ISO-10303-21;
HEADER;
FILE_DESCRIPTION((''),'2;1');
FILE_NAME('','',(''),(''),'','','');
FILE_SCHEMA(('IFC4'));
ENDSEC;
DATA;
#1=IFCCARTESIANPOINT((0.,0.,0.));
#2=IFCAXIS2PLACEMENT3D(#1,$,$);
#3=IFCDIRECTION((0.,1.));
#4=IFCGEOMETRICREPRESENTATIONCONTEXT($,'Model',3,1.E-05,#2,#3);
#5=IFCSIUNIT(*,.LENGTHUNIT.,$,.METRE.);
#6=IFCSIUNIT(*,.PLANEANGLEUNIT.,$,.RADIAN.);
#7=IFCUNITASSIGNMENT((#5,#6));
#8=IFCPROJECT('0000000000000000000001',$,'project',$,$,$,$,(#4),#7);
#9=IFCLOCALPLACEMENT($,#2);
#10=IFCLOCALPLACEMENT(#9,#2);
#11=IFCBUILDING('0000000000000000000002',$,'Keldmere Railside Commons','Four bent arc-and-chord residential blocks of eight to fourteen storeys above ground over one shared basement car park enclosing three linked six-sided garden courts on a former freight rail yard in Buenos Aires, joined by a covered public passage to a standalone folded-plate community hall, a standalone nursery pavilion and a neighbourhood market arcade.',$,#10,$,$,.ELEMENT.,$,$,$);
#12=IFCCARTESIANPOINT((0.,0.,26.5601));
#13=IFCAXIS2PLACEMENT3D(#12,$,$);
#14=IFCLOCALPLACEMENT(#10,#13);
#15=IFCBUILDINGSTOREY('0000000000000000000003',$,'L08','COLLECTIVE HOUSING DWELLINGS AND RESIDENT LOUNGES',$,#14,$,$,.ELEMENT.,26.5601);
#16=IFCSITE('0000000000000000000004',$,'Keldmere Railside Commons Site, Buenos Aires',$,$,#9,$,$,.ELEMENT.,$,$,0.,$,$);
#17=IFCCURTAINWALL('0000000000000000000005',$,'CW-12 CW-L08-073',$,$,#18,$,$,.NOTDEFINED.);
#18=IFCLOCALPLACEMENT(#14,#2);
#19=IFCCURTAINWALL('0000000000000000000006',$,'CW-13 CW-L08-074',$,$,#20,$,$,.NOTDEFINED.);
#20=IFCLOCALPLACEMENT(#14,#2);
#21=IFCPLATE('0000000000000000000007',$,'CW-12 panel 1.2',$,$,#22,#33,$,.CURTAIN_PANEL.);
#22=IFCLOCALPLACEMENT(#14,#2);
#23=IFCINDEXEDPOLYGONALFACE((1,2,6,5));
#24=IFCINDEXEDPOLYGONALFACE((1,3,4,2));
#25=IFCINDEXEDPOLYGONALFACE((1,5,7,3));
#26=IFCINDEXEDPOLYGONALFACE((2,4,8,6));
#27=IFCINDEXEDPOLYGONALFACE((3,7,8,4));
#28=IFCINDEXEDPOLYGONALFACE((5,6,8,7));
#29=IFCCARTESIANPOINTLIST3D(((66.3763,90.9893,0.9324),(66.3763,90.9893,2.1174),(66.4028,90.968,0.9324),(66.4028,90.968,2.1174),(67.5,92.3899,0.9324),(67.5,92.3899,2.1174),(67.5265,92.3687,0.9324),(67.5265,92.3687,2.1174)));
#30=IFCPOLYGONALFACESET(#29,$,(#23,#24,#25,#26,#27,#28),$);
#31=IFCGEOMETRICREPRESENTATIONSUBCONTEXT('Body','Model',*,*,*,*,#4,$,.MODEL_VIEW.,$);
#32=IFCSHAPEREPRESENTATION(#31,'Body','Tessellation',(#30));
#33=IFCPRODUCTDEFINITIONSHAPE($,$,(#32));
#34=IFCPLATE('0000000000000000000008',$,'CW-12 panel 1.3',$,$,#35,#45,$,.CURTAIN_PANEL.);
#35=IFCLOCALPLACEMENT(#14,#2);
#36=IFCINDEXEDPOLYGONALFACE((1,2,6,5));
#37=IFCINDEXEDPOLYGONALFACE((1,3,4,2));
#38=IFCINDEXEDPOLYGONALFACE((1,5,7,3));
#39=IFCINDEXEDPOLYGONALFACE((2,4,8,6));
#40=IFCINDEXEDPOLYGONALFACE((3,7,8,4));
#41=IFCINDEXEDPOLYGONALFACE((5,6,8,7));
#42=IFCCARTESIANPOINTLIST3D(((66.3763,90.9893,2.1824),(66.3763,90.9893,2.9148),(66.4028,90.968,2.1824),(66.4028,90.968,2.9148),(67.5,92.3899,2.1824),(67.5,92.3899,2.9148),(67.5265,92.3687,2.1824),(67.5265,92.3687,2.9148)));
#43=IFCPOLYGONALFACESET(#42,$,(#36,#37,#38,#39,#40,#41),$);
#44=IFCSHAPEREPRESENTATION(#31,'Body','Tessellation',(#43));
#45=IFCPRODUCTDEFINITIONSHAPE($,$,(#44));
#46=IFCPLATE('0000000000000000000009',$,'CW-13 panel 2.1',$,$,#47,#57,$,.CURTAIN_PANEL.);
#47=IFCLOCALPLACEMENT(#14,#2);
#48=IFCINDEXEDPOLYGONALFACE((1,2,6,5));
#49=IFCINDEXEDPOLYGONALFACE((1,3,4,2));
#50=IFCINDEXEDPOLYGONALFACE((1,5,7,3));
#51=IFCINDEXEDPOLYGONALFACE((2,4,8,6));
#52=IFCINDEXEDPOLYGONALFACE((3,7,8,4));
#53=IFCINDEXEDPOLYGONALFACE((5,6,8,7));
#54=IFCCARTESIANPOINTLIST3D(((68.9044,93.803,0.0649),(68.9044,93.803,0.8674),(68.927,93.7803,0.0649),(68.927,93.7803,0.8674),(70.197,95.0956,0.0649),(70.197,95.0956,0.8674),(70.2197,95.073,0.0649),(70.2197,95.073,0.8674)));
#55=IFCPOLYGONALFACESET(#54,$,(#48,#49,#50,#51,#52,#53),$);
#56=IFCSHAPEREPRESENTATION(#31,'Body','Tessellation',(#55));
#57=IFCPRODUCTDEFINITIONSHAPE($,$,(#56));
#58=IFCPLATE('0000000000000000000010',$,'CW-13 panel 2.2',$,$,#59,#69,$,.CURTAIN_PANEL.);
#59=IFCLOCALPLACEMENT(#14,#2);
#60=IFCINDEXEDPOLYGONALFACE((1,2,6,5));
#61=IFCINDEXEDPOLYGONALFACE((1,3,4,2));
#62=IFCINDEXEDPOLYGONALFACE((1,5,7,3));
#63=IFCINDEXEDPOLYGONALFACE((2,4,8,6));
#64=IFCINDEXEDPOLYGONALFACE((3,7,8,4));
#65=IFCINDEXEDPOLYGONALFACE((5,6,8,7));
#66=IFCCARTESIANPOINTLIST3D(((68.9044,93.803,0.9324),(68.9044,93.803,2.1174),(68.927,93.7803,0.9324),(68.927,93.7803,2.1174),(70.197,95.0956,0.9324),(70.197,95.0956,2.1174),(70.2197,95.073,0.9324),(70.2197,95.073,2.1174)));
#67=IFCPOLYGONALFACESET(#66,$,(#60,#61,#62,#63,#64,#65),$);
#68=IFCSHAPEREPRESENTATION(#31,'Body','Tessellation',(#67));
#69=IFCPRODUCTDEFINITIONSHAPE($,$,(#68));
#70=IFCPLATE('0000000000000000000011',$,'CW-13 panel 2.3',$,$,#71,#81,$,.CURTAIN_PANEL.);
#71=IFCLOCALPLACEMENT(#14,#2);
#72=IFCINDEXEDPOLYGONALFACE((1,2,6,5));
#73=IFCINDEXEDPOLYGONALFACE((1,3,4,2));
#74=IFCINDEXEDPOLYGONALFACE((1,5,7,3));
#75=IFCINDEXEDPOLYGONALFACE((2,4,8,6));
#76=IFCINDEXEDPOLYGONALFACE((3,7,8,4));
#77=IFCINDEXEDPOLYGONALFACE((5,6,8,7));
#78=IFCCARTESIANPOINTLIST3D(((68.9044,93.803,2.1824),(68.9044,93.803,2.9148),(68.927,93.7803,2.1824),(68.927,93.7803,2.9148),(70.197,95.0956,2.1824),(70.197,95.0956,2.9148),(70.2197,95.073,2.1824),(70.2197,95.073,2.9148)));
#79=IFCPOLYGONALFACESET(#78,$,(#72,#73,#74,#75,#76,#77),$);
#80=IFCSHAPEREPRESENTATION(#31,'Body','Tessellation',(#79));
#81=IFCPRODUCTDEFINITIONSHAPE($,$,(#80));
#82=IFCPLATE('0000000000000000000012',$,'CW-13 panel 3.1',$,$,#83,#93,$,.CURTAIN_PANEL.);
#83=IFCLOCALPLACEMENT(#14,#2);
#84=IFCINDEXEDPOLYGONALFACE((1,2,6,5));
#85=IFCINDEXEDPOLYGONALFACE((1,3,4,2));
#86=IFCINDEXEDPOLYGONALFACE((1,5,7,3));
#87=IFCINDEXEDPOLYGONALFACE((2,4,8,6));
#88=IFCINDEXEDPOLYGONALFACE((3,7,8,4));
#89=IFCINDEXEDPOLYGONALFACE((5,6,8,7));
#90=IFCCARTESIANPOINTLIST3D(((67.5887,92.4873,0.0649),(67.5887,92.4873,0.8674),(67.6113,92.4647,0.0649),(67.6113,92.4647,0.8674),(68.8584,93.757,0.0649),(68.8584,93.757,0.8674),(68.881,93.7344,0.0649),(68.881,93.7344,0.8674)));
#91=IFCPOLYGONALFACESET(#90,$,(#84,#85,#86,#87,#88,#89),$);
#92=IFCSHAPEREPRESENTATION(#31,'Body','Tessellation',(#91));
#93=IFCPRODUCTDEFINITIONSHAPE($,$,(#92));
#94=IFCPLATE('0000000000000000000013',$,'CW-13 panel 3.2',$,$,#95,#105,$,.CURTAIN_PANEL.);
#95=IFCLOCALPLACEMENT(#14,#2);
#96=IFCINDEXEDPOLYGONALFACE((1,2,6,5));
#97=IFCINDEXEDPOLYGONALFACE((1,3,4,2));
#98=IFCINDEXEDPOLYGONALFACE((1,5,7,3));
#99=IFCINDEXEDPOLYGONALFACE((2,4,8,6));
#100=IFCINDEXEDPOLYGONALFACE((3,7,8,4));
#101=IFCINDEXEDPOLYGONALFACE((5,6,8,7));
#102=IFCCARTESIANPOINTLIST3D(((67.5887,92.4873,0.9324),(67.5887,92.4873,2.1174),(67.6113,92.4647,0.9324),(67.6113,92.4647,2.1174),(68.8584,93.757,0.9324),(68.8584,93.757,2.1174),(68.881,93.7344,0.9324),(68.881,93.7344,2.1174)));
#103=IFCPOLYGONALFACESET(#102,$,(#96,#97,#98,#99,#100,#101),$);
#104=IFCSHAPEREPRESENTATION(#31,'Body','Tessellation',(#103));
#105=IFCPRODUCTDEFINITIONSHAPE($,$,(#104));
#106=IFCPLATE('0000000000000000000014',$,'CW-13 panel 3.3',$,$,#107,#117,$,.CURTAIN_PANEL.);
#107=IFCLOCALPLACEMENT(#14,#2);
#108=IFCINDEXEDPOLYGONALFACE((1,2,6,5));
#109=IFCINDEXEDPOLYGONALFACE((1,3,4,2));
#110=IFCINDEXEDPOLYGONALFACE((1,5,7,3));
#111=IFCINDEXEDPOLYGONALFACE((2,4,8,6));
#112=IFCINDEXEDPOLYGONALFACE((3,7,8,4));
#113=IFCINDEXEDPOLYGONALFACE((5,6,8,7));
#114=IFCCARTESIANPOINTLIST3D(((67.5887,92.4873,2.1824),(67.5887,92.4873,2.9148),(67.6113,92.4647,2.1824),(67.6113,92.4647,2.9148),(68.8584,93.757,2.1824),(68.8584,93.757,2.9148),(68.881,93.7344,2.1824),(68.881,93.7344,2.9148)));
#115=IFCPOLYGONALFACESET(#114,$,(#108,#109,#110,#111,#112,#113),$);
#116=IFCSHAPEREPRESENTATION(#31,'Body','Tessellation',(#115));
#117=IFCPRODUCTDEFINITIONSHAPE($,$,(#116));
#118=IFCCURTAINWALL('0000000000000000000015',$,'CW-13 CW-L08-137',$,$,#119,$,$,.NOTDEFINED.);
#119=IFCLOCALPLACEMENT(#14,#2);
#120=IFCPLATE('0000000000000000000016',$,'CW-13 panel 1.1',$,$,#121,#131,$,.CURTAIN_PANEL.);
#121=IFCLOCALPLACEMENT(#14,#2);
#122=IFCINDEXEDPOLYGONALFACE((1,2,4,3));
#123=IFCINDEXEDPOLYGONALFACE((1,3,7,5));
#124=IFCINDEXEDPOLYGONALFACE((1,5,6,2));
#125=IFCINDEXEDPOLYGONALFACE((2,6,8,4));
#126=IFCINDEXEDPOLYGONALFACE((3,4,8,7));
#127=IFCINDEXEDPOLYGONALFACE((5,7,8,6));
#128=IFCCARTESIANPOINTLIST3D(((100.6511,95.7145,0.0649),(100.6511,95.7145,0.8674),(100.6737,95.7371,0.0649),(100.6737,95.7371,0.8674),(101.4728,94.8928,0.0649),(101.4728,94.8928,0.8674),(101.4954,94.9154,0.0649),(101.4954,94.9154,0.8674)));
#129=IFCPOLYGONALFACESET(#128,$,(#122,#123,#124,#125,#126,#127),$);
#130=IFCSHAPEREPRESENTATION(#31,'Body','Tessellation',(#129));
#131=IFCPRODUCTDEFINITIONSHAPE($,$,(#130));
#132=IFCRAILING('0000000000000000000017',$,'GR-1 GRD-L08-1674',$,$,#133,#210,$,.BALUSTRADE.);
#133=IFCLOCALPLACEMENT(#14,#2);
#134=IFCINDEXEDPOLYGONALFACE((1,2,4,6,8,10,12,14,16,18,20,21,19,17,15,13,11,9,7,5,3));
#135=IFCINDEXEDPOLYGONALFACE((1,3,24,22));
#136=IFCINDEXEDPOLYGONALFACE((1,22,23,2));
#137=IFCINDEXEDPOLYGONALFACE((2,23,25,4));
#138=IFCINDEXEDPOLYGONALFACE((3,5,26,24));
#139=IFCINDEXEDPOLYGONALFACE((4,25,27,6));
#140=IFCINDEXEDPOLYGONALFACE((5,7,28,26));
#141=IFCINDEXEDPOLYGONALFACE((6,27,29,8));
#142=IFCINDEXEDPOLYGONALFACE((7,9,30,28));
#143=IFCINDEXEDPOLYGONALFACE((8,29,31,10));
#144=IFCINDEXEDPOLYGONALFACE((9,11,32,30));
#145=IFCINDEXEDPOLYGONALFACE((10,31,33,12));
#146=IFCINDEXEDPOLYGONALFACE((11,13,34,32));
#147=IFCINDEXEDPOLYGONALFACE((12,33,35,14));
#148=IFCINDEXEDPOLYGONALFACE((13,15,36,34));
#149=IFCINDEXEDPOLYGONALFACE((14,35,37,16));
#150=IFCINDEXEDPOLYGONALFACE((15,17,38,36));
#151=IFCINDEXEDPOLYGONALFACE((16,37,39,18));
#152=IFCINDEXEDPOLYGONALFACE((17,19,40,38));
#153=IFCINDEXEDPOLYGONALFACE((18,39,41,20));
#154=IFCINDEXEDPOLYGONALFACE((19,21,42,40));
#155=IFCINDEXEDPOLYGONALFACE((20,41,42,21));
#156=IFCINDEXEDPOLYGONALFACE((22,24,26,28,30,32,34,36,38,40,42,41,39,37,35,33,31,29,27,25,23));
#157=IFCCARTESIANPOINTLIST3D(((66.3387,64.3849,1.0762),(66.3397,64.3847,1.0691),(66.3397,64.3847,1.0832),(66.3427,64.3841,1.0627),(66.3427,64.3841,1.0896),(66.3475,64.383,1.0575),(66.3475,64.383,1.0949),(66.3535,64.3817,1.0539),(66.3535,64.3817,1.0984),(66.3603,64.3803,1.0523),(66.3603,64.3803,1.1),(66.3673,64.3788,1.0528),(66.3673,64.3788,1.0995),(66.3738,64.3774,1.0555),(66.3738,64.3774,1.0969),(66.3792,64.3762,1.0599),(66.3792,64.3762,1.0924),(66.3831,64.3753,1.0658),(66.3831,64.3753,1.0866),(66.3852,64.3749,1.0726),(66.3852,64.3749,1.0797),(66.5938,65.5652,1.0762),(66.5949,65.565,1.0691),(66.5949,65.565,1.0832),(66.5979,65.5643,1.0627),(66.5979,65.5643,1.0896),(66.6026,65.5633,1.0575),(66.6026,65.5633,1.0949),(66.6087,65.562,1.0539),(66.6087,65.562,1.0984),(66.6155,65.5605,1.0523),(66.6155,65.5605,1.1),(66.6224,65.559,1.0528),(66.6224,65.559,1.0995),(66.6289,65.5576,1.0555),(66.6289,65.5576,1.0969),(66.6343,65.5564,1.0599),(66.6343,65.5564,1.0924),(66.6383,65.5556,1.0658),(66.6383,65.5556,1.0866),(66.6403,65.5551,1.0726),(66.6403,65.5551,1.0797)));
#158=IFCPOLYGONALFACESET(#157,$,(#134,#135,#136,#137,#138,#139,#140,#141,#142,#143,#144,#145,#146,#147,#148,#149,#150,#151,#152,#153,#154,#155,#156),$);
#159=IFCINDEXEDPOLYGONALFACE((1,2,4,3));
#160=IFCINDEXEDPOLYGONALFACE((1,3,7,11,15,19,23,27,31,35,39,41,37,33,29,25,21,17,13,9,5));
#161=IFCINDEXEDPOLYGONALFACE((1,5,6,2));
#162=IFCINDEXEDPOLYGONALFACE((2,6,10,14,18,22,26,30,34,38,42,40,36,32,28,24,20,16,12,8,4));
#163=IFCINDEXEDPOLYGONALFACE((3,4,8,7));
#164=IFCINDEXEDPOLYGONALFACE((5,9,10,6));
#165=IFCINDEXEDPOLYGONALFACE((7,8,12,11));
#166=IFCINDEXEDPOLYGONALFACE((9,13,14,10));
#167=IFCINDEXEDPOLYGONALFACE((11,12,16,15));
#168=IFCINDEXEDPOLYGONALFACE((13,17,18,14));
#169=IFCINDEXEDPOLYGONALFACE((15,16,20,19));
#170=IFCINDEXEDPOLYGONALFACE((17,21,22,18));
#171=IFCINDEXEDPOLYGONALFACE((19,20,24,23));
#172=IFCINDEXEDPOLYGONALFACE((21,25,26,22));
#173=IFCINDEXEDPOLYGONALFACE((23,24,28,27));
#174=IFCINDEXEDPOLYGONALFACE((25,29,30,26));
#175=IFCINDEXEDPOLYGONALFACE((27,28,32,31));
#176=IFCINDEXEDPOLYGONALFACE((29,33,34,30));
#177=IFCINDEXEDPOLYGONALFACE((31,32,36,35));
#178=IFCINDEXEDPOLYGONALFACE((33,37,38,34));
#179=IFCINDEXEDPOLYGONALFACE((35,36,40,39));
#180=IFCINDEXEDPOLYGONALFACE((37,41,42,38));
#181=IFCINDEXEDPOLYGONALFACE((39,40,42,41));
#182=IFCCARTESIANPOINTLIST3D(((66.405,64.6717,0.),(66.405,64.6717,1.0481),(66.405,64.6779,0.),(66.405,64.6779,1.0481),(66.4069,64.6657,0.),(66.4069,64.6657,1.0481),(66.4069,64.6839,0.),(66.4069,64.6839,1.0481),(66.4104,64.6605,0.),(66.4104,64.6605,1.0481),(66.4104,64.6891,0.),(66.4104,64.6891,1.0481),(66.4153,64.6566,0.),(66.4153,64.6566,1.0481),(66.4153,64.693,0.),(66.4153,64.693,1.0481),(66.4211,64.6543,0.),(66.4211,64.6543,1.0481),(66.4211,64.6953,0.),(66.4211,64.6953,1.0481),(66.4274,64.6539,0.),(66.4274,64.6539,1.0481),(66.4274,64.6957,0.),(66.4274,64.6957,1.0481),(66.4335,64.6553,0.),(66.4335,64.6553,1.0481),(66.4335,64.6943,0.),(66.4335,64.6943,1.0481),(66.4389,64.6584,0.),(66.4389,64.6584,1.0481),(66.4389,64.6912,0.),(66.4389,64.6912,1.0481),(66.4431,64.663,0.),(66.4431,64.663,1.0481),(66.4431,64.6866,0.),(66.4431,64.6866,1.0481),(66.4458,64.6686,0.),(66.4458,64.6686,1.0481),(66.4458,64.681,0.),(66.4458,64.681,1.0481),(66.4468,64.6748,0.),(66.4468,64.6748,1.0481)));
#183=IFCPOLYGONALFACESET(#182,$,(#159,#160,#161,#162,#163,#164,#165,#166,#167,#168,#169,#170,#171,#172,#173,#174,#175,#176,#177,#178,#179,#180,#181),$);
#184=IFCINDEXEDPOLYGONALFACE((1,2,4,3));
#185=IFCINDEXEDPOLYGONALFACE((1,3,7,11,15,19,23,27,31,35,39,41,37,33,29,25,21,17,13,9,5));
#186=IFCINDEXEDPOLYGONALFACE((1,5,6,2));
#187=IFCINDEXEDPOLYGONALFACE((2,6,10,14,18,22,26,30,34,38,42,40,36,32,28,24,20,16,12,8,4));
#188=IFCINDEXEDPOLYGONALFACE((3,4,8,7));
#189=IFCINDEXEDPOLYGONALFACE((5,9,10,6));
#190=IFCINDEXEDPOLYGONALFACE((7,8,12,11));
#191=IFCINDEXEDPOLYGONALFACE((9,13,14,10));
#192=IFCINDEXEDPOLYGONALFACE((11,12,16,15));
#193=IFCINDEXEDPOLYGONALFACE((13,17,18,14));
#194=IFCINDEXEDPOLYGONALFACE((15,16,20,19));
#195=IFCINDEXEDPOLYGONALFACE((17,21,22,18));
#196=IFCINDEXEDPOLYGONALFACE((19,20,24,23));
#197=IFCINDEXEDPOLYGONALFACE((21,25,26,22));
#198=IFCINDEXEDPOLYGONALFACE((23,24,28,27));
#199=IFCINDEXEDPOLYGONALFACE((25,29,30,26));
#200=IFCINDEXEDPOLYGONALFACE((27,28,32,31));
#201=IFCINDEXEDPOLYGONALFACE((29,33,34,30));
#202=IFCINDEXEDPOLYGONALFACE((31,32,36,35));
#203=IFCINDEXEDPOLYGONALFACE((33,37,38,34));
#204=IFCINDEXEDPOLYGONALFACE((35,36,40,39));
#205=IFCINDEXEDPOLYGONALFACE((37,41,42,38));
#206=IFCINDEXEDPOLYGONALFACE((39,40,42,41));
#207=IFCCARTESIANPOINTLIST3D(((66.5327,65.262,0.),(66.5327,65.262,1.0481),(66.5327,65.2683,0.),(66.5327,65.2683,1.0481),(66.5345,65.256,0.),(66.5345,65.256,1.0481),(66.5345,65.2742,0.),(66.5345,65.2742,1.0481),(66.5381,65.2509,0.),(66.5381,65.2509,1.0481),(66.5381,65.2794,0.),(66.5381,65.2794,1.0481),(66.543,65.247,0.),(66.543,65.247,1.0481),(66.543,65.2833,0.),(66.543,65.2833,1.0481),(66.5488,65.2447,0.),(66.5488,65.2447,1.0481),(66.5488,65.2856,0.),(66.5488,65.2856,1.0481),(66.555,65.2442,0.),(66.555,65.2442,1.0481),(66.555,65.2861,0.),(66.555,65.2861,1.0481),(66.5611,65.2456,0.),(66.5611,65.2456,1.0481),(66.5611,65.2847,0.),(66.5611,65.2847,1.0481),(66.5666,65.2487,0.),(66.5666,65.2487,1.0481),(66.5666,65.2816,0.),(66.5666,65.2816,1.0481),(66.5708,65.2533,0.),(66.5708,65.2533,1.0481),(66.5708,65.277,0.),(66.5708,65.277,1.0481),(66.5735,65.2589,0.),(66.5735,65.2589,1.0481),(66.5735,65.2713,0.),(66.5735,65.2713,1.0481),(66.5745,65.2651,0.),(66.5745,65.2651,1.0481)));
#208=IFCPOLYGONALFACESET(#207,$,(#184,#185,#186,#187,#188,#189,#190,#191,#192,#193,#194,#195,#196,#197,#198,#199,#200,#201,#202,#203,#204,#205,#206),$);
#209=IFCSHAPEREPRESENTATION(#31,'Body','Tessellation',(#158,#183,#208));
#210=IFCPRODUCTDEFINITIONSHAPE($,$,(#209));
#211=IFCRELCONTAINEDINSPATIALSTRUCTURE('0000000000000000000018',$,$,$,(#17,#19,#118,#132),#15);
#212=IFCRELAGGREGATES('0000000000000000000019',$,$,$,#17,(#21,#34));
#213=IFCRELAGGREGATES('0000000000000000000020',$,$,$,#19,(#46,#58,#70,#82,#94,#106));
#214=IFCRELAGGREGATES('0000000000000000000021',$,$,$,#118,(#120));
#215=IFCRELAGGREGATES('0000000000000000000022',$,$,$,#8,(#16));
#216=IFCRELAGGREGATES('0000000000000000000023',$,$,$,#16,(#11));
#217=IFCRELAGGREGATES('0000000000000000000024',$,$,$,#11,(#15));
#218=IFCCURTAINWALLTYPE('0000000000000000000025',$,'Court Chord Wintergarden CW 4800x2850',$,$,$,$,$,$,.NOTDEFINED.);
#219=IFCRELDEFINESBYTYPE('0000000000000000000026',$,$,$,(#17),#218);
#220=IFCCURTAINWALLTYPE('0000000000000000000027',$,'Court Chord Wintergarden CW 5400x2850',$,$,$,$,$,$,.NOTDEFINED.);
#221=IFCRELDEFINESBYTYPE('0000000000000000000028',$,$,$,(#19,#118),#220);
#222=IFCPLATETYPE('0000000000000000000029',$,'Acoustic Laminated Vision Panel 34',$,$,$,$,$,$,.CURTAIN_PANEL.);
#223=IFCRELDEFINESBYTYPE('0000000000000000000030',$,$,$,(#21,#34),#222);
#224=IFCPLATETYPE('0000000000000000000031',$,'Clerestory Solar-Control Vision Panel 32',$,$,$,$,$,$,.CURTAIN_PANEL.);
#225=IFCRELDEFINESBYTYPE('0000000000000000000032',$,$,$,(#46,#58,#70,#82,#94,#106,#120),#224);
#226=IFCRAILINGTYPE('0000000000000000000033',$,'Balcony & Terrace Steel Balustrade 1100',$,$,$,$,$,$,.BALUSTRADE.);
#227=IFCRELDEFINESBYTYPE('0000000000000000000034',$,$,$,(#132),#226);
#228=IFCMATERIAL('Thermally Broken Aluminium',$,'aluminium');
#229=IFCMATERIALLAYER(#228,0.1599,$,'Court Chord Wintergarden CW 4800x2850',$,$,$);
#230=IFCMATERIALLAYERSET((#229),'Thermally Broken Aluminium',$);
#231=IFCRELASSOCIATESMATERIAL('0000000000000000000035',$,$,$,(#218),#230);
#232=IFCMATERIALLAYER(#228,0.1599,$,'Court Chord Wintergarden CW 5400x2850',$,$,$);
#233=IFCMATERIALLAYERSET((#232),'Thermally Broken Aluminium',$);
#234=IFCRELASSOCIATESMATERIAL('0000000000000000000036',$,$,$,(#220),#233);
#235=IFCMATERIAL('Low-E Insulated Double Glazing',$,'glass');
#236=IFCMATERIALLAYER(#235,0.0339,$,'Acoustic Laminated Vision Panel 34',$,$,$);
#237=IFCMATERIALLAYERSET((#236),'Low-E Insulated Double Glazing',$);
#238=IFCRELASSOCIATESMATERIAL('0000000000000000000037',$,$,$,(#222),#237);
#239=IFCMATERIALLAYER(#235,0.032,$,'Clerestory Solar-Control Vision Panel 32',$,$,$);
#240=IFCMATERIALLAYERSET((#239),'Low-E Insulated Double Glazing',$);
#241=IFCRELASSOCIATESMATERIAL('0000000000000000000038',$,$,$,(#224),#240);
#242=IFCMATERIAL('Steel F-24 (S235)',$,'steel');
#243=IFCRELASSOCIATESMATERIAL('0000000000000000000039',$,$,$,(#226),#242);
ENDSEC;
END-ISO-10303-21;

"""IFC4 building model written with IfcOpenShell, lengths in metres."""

from ifc_helpers import new_model, si_unit, direction, frame, origin, origin_2d, place, context, subcontext, project, spatial, rectangle, circle, extrude, material, layer, layer_set, type_object, element, aggregate, save


model = new_model("IFC4")

# Units and contexts
model_context = context("Model", 3, precision=1e-05, world=origin(), true_north=direction((0.0, 1.0)))
body_context = subcontext(model_context, "Body", "Model", "MODEL_VIEW")
ifc_project = project(units=[si_unit("LENGTHUNIT", "METRE"), si_unit("PLANEANGLEUNIT", "RADIAN")], contexts=[model_context])

# Site, building, storey
site_placement = place(None, origin())
site = spatial("IfcSite", under=ifc_project, at=site_placement, Name="Keldmere Railside Commons Site, Buenos Aires", CompositionType="ELEMENT", RefElevation=0.0)
building_placement = place(site_placement, origin())
building = spatial("IfcBuilding", under=site, at=building_placement, Name="Keldmere Railside Commons", Description="Four bent arc-and-chord residential blocks of eight to fourteen storeys above ground over one shared basement car park enclosing three linked six-sided garden courts on a former freight rail yard in Buenos Aires, joined by a covered public passage to a standalone folded-plate community hall, a standalone nursery pavilion and a neighbourhood market arcade.", CompositionType="ELEMENT")
storey_placement = place(building_placement, frame((0.0, 0.0, 26.5601)))
storey = spatial("IfcBuildingStorey", under=building, at=storey_placement, Name="L08", Description="COLLECTIVE HOUSING DWELLINGS AND RESIDENT LOUNGES", CompositionType="ELEMENT", Elevation=26.5601)

# Curtain walls
ifc_material_1 = material(Name="Thermally Broken Aluminium", Category="aluminium")
ifc_layer_1 = layer(ifc_material_1, 0.1599, Name="Court Chord Wintergarden CW 4800x2850")
ifc_layer_set_1 = layer_set([ifc_layer_1], Name="Thermally Broken Aluminium")
curtain_wall_type_1 = type_object("IfcCurtainWallType", Name="Court Chord Wintergarden CW 4800x2850", PredefinedType="NOTDEFINED", material=ifc_layer_set_1)
curtain_wall_1_placement = place(storey_placement, origin())
curtain_wall_1 = element("IfcCurtainWall", 1, at=curtain_wall_1_placement, inside=storey, type_object=curtain_wall_type_1, Name="CW-12 CW-L08-073", PredefinedType="NOTDEFINED")
ifc_layer_2 = layer(ifc_material_1, 0.1599, Name="Court Chord Wintergarden CW 5400x2850")
ifc_layer_set_2 = layer_set([ifc_layer_2], Name="Thermally Broken Aluminium")
curtain_wall_type_2 = type_object("IfcCurtainWallType", Name="Court Chord Wintergarden CW 5400x2850", PredefinedType="NOTDEFINED", material=ifc_layer_set_2)
curtain_wall_2_placement = place(storey_placement, origin())
curtain_wall_2 = element("IfcCurtainWall", 2, at=curtain_wall_2_placement, inside=storey, type_object=curtain_wall_type_2, Name="CW-13 CW-L08-074", PredefinedType="NOTDEFINED")

# Plates
ifc_material_2 = material(Name="Low-E Insulated Double Glazing", Category="glass")
ifc_layer_3 = layer(ifc_material_2, 0.0339, Name="Acoustic Laminated Vision Panel 34")
ifc_layer_set_3 = layer_set([ifc_layer_3], Name="Low-E Insulated Double Glazing")
plate_type_1 = type_object("IfcPlateType", Name="Acoustic Laminated Vision Panel 34", PredefinedType="CURTAIN_PANEL", material=ifc_layer_set_3)
plate_1_placement = place(storey_placement, frame((66.9514, 91.679, 0.9324), z_axis=(0.0, 0.0, 1.0), x_axis=(-0.625768, -0.780009, 0.0)))
plate_1 = element("IfcPlate", 3, at=plate_1_placement, type_object=plate_type_1, Name="CW-12 panel 1.2", PredefinedType="CURTAIN_PANEL", context=body_context, shape_type="SweptSolid", body=[
    extrude(rectangle(XDim=1.7957, YDim=0.0339, at=origin_2d()), origin(), (0.0, 0.0, 1.0), 1.1851),
])
plate_2_placement = place(storey_placement, frame((66.9514, 91.679, 2.1824), z_axis=(0.0, 0.0, 1.0), x_axis=(-0.625768, -0.780009, 0.0)))
plate_2 = element("IfcPlate", 4, at=plate_2_placement, type_object=plate_type_1, Name="CW-12 panel 1.3", PredefinedType="CURTAIN_PANEL", context=body_context, shape_type="SweptSolid", body=[
    extrude(rectangle(XDim=1.7957, YDim=0.0339, at=origin_2d()), origin(), (0.0, 0.0, 1.0), 0.7324),
])
aggregate(curtain_wall_1, [plate_1, plate_2])
ifc_layer_4 = layer(ifc_material_2, 0.032, Name="Clerestory Solar-Control Vision Panel 32")
ifc_layer_set_4 = layer_set([ifc_layer_4], Name="Low-E Insulated Double Glazing")
plate_type_2 = type_object("IfcPlateType", Name="Clerestory Solar-Control Vision Panel 32", PredefinedType="CURTAIN_PANEL", material=ifc_layer_set_4)
plate_3_placement = place(storey_placement, frame((69.562, 94.438, 0.0649), z_axis=(0.0, 0.0, 1.0), x_axis=(-0.707107, -0.707107, 0.0)))
plate_3 = element("IfcPlate", 5, at=plate_3_placement, type_object=plate_type_2, Name="CW-13 panel 2.1", PredefinedType="CURTAIN_PANEL", context=body_context, shape_type="SweptSolid", body=[
    extrude(rectangle(XDim=1.8281, YDim=0.032, at=origin_2d()), origin(), (0.0, 0.0, 1.0), 0.8025),
])
plate_4_placement = place(storey_placement, frame((69.562, 94.438, 0.9324), z_axis=(0.0, 0.0, 1.0), x_axis=(-0.707107, -0.707107, 0.0)))
plate_4 = element("IfcPlate", 6, at=plate_4_placement, type_object=plate_type_2, Name="CW-13 panel 2.2", PredefinedType="CURTAIN_PANEL", context=body_context, shape_type="SweptSolid", body=[
    extrude(rectangle(XDim=1.8281, YDim=0.032, at=origin_2d()), origin(), (0.0, 0.0, 1.0), 1.1851),
])
plate_5_placement = place(storey_placement, frame((69.562, 94.438, 2.1824), z_axis=(0.0, 0.0, 1.0), x_axis=(-0.707107, -0.707107, 0.0)))
plate_5 = element("IfcPlate", 7, at=plate_5_placement, type_object=plate_type_2, Name="CW-13 panel 2.3", PredefinedType="CURTAIN_PANEL", context=body_context, shape_type="SweptSolid", body=[
    extrude(rectangle(XDim=1.8281, YDim=0.032, at=origin_2d()), origin(), (0.0, 0.0, 1.0), 0.7324),
])
plate_6_placement = place(storey_placement, frame((68.2349, 93.1108, 0.0649), z_axis=(0.0, 0.0, 1.0), x_axis=(-0.707107, -0.707107, 0.0)))
plate_6 = element("IfcPlate", 8, at=plate_6_placement, type_object=plate_type_2, Name="CW-13 panel 3.1", PredefinedType="CURTAIN_PANEL", context=body_context, shape_type="SweptSolid", body=[
    extrude(rectangle(XDim=1.7957, YDim=0.032, at=origin_2d()), origin(), (0.0, 0.0, 1.0), 0.8025),
])
plate_7_placement = place(storey_placement, frame((68.2349, 93.1108, 0.9324), z_axis=(0.0, 0.0, 1.0), x_axis=(-0.707107, -0.707107, 0.0)))
plate_7 = element("IfcPlate", 9, at=plate_7_placement, type_object=plate_type_2, Name="CW-13 panel 3.2", PredefinedType="CURTAIN_PANEL", context=body_context, shape_type="SweptSolid", body=[
    extrude(rectangle(XDim=1.7957, YDim=0.032, at=origin_2d()), origin(), (0.0, 0.0, 1.0), 1.1851),
])
plate_8_placement = place(storey_placement, frame((68.2349, 93.1108, 2.1824), z_axis=(0.0, 0.0, 1.0), x_axis=(-0.707107, -0.707107, 0.0)))
plate_8 = element("IfcPlate", 10, at=plate_8_placement, type_object=plate_type_2, Name="CW-13 panel 3.3", PredefinedType="CURTAIN_PANEL", context=body_context, shape_type="SweptSolid", body=[
    extrude(rectangle(XDim=1.7957, YDim=0.032, at=origin_2d()), origin(), (0.0, 0.0, 1.0), 0.7324),
])
aggregate(curtain_wall_2, [plate_3, plate_4, plate_5, plate_6, plate_7, plate_8])

# Curtain wall, plate
curtain_wall_3_placement = place(storey_placement, origin())
curtain_wall_3 = element("IfcCurtainWall", 11, at=curtain_wall_3_placement, inside=storey, type_object=curtain_wall_type_2, Name="CW-13 CW-L08-137", PredefinedType="NOTDEFINED")
plate_9_placement = place(storey_placement, frame((101.0732, 95.3149, 0.0649), z_axis=(0.0, 0.0, 1.0), x_axis=(-0.707107, 0.707107, 0.0)))
plate_9 = element("IfcPlate", 12, at=plate_9_placement, type_object=plate_type_2, Name="CW-13 panel 1.1", PredefinedType="CURTAIN_PANEL", context=body_context, shape_type="SweptSolid", body=[
    extrude(rectangle(XDim=1.1621, YDim=0.032, at=origin_2d()), origin(), (0.0, 0.0, 1.0), 0.8025),
])
aggregate(curtain_wall_3, [plate_9])

# Railing
ifc_material_3 = material(Name="Steel F-24 (S235)", Category="steel")
railing_type = type_object("IfcRailingType", Name="Balcony & Terrace Steel Balustrade 1100", PredefinedType="BALUSTRADE", material=ifc_material_3)
railing_1_placement = place(storey_placement, frame((66.3621, 64.3799, 0.0)))
element("IfcRailing", 13, at=railing_1_placement, inside=storey, type_object=railing_type, Name="GR-1 GRD-L08-1674", PredefinedType="BALUSTRADE", context=body_context, shape_type="SweptSolid", body=[
    extrude(circle(Radius=0.0239, at=origin_2d()), frame((0.0, 0.0, 1.0762), z_axis=(0.211296, 0.977422, 0.0), x_axis=(-0.977422, 0.211296, 0.0)), (0.0, 0.0, 1.0), 1.2075),
    extrude(circle(Radius=0.021, at=origin_2d()), frame((0.0637, 0.2949, 0.0)), (0.0, 0.0, 1.0), 1.0481),
    extrude(circle(Radius=0.021, at=origin_2d()), frame((0.1914, 0.8853, 0.0)), (0.0, 0.0, 1.0), 1.0481),
])

save(model, "model.ifc")
